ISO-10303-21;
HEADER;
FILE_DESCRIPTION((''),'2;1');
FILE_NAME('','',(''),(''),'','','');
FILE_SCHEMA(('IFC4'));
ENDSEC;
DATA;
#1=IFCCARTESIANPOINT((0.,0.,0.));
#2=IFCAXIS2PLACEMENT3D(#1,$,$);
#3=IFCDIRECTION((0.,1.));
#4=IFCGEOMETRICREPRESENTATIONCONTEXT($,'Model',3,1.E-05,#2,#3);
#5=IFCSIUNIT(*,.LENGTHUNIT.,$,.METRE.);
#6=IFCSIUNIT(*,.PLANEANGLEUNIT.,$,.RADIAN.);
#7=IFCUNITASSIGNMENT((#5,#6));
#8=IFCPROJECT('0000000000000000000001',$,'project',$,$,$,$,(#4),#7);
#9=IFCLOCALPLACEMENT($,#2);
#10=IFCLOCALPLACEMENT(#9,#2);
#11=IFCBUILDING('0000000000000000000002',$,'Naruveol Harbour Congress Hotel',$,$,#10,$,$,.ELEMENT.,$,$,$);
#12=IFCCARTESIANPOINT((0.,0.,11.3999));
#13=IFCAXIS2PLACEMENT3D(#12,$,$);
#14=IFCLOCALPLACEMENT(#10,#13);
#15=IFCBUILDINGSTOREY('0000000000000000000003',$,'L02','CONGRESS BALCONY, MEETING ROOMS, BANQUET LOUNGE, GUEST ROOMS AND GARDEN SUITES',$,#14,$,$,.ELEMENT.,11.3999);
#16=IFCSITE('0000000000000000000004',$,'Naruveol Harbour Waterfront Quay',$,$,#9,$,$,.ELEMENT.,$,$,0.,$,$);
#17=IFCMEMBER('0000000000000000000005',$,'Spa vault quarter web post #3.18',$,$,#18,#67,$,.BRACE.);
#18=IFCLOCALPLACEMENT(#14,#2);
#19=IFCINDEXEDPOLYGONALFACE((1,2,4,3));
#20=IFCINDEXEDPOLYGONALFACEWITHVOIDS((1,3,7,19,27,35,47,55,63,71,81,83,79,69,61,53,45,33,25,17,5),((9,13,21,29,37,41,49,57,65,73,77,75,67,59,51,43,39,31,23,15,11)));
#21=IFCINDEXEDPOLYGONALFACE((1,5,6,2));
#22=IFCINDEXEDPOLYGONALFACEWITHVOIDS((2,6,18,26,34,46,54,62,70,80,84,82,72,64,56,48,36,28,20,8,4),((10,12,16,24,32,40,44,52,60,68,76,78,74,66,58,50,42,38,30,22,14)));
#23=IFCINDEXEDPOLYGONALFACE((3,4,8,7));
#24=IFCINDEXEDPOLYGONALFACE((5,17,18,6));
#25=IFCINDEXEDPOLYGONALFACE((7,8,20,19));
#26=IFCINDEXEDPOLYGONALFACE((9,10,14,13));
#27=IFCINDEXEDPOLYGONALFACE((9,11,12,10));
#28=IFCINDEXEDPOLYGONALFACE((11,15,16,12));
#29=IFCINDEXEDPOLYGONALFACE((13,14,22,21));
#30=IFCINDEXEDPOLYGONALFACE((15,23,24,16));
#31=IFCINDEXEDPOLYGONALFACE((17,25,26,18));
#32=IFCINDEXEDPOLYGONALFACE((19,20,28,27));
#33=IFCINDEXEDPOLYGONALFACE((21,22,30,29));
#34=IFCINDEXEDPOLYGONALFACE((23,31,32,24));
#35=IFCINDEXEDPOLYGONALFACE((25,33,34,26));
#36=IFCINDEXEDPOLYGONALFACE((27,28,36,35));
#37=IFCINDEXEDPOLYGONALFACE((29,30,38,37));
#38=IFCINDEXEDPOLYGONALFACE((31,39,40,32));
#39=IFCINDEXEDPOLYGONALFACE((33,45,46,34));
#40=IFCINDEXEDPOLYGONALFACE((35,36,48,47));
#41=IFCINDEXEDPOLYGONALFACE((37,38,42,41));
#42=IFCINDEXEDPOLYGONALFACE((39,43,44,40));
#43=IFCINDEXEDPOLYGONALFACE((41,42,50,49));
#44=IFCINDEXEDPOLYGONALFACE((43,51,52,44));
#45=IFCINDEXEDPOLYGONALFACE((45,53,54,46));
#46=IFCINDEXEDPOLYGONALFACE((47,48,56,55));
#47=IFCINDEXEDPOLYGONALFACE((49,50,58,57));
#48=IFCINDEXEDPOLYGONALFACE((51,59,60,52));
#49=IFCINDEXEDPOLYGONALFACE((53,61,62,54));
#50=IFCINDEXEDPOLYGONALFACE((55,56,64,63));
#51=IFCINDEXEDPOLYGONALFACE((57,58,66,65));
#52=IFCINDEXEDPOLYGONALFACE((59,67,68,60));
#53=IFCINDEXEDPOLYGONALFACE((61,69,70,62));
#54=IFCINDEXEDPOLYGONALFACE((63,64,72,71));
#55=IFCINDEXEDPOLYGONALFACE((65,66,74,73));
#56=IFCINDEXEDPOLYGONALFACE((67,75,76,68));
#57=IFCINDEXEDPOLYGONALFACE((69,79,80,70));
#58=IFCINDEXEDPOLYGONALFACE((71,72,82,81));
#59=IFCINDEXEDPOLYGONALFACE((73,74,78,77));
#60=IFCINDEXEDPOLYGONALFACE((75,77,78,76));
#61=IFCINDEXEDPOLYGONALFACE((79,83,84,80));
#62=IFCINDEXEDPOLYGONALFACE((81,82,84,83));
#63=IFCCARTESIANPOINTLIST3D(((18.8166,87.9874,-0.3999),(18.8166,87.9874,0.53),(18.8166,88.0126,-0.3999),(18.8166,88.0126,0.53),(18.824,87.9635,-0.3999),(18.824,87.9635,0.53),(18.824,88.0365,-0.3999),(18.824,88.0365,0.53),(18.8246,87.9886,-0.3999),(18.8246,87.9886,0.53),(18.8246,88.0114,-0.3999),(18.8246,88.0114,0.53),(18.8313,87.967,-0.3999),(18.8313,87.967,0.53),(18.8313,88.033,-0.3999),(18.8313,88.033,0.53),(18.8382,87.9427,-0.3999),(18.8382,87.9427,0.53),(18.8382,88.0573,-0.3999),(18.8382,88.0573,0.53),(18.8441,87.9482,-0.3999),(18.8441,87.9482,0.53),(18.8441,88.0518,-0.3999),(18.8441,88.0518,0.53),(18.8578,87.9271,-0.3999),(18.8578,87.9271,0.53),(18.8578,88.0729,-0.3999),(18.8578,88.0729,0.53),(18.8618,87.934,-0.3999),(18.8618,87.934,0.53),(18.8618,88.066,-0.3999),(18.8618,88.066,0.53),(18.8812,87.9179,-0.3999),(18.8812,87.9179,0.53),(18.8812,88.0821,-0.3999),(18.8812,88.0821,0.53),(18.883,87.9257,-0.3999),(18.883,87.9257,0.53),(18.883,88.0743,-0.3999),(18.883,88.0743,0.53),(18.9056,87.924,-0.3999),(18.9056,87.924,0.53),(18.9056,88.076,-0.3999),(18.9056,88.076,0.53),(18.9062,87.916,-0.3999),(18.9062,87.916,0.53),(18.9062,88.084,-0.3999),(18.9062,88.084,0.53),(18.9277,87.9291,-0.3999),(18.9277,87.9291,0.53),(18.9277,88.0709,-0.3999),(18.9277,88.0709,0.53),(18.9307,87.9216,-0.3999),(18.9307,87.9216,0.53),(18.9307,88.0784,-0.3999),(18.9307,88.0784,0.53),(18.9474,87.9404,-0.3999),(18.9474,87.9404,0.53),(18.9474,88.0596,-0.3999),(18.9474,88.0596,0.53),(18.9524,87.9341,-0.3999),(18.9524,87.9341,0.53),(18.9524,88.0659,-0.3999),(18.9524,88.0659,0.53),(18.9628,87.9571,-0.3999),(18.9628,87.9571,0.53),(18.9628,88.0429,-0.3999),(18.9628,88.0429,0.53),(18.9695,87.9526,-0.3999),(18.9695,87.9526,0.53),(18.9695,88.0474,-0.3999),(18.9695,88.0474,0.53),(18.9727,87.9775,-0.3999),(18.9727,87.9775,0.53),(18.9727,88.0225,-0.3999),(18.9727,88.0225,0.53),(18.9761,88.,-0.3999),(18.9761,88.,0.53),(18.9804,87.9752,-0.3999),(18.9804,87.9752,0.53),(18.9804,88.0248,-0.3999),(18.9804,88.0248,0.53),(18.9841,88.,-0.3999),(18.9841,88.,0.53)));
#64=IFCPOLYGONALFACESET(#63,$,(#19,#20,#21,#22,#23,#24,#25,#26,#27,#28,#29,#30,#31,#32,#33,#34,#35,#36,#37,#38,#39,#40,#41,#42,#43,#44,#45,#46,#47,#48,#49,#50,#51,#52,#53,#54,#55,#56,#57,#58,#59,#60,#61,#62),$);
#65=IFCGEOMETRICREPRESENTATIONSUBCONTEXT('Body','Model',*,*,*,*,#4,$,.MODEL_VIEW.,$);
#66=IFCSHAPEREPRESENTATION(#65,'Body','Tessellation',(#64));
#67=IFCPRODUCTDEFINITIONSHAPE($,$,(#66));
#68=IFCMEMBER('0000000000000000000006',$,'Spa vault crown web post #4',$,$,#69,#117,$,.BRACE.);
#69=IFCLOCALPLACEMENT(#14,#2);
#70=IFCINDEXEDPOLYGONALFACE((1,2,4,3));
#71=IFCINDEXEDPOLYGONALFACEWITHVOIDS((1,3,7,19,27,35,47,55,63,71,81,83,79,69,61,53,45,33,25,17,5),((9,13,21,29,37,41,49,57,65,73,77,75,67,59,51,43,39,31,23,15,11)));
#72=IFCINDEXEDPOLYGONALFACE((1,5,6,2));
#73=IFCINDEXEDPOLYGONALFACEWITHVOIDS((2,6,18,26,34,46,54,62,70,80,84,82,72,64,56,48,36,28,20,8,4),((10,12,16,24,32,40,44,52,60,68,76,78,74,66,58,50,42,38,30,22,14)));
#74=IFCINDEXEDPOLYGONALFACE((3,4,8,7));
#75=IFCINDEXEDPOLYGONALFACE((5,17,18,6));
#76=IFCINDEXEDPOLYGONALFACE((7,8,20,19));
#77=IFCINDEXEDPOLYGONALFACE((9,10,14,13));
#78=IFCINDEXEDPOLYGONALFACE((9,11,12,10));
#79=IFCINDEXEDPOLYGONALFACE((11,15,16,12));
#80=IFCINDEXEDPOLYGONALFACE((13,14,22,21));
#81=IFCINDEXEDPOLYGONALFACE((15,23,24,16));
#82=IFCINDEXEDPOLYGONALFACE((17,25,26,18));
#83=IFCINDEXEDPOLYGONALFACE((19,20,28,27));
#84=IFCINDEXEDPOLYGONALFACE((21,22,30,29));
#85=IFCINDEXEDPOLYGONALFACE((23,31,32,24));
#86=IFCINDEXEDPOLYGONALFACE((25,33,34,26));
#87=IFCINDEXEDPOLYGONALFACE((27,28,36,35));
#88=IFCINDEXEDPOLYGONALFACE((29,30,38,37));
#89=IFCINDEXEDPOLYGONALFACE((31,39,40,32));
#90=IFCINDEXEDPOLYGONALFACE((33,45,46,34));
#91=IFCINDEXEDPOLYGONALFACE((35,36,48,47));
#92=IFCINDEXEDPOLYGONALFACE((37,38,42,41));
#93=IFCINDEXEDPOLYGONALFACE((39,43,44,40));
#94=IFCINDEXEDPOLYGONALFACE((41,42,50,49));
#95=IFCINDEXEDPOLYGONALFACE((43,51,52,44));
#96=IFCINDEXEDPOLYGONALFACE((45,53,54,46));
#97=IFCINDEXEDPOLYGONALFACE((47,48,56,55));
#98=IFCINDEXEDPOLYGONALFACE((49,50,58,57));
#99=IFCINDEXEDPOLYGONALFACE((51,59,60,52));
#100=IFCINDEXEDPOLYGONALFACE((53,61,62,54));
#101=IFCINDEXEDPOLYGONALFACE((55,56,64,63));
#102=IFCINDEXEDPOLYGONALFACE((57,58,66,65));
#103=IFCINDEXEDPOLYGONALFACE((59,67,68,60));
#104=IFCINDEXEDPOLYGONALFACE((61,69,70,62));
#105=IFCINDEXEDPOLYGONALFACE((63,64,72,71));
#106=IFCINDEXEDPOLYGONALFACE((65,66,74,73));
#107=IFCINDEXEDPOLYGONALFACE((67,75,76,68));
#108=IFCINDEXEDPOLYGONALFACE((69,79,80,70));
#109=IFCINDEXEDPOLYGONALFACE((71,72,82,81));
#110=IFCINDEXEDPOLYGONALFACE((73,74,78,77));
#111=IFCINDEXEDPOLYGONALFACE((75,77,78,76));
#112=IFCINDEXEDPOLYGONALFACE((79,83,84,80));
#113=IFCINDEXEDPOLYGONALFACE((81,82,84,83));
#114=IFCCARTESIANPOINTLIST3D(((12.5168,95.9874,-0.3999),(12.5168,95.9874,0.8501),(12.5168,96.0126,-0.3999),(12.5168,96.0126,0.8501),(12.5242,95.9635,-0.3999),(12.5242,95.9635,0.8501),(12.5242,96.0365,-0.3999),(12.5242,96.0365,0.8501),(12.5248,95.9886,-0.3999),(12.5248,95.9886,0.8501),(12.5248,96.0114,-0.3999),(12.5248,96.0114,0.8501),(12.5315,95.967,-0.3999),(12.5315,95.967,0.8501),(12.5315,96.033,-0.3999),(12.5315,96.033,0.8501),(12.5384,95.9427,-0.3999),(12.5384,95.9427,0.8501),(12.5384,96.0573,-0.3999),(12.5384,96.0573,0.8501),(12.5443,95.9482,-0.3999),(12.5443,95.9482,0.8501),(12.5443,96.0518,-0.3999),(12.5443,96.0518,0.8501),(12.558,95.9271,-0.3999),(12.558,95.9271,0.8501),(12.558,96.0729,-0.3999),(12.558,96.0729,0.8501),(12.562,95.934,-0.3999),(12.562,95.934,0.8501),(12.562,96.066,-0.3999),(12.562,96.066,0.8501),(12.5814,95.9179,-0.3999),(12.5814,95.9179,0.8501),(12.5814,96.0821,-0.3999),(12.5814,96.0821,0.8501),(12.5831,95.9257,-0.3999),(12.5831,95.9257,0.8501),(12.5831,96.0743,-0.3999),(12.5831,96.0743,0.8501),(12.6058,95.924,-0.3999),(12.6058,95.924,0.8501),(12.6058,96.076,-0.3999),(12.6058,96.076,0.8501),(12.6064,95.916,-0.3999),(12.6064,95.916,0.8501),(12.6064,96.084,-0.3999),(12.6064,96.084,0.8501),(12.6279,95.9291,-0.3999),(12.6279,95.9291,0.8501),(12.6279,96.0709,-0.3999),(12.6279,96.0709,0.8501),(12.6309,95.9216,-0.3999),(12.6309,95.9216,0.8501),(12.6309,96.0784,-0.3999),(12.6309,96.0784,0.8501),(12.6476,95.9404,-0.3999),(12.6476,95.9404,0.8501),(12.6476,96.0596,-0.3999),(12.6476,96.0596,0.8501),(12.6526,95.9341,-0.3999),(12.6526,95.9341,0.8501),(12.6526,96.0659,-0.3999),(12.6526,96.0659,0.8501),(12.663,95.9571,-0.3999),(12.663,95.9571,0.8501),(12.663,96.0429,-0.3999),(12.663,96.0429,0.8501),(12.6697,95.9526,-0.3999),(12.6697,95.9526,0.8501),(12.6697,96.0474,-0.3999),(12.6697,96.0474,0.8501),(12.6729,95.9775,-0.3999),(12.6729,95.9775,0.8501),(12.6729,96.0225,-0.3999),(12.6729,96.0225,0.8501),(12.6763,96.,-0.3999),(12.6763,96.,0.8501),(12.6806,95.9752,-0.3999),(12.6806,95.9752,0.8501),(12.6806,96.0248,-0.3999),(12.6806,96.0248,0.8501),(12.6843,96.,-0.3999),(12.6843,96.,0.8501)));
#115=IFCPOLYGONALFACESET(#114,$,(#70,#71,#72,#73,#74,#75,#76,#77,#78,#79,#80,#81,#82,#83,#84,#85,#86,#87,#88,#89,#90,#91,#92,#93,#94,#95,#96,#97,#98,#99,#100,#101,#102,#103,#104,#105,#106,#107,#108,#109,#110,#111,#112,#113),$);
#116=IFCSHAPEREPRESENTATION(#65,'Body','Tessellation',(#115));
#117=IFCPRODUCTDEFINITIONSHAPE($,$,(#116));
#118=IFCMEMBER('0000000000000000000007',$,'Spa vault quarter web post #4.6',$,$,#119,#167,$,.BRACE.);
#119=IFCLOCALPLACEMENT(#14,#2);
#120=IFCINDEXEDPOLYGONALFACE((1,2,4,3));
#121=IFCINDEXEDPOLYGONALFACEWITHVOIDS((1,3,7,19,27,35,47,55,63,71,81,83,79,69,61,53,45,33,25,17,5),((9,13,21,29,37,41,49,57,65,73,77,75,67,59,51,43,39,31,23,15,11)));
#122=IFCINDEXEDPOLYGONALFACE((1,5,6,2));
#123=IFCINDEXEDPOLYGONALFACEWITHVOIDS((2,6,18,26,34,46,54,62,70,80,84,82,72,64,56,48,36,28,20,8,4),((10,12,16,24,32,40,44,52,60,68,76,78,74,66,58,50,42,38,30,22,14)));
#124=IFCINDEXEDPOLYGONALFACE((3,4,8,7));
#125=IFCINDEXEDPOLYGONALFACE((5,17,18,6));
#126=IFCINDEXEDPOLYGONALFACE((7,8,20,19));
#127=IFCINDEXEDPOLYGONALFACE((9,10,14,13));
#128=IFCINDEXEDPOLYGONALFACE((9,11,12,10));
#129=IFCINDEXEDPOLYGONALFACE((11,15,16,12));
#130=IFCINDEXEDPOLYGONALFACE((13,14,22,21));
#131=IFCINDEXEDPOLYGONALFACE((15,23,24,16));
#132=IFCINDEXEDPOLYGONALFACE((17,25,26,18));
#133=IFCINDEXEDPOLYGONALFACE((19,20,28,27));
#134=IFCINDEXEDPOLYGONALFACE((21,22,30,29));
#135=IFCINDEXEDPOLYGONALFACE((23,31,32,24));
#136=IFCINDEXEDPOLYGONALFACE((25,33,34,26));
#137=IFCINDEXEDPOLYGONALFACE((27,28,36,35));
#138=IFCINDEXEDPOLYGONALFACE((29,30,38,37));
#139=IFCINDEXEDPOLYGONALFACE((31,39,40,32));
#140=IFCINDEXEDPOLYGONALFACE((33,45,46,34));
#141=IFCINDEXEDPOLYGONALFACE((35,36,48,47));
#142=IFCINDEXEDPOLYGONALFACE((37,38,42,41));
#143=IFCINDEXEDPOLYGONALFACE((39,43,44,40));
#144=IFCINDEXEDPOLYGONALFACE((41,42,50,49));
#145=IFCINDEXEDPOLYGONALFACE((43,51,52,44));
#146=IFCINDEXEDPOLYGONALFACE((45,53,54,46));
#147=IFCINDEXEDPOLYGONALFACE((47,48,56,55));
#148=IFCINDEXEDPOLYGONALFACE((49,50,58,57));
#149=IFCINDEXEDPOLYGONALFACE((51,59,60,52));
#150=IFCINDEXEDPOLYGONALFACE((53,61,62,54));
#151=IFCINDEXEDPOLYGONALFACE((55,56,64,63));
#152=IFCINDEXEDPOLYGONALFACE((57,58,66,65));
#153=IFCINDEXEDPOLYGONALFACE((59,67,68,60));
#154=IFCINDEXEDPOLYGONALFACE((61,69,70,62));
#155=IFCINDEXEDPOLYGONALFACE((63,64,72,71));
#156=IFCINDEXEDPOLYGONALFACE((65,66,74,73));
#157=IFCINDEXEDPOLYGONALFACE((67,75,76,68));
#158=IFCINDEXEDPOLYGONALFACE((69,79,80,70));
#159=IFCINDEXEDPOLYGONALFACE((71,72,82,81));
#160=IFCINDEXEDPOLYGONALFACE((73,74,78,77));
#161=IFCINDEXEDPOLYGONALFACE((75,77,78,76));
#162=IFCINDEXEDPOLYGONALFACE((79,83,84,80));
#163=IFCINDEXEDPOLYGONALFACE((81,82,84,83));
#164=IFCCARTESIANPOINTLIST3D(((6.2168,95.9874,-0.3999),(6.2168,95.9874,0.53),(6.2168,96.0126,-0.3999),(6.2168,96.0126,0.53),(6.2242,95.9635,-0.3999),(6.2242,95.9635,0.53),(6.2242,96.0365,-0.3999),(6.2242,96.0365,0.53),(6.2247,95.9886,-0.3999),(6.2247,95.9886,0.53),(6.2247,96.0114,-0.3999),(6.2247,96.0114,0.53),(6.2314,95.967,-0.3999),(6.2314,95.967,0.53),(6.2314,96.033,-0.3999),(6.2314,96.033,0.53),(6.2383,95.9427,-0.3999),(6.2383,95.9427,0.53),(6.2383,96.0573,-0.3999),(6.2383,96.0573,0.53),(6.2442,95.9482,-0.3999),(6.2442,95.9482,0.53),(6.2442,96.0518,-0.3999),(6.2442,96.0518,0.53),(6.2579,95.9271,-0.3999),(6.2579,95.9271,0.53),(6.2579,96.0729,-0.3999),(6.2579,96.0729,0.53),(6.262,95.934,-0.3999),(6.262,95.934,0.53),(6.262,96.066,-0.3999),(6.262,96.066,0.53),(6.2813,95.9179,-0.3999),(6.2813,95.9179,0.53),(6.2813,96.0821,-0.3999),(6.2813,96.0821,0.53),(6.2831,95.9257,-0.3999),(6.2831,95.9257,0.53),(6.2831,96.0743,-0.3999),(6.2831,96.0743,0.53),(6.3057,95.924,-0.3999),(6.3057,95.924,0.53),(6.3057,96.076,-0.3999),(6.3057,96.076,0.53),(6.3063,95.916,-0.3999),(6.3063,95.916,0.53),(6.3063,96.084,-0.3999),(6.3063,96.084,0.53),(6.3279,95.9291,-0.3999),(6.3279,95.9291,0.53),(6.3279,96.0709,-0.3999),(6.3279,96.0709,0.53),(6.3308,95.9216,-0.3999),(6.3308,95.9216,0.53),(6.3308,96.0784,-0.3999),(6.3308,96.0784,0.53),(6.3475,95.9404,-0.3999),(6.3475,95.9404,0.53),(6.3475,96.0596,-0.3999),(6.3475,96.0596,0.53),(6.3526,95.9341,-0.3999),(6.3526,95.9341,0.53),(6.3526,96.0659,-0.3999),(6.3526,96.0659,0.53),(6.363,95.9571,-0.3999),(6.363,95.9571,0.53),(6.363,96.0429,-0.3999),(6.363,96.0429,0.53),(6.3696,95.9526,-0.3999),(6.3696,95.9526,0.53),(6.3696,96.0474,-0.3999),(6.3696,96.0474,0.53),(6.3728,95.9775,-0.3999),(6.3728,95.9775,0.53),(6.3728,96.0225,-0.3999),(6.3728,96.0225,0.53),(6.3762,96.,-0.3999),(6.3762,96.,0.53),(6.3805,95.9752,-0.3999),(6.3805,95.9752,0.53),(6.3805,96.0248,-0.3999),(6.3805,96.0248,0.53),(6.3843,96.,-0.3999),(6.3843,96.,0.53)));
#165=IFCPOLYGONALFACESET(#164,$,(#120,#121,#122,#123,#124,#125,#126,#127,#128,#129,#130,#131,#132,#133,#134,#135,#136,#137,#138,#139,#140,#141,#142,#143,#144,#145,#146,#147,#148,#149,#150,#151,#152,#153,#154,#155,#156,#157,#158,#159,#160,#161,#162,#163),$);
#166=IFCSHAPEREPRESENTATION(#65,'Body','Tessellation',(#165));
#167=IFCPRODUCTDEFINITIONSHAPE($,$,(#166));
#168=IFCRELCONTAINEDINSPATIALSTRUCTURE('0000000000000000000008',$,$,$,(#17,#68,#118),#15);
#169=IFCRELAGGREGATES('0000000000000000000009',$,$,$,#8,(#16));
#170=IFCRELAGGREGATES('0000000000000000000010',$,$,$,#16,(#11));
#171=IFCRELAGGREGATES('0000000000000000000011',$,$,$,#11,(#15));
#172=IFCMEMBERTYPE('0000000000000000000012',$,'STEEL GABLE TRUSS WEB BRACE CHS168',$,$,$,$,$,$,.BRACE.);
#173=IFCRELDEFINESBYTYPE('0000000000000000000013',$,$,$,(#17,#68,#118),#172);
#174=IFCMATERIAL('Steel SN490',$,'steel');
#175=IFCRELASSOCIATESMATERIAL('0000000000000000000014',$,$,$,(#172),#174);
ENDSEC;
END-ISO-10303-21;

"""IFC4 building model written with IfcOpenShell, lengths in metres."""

from ifc_helpers import new_model, si_unit, direction, frame, origin, origin_2d, place, context, subcontext, project, spatial, hollow_circle, extrude, material, material_profile, profile_set, type_object, element, save


model = new_model("IFC4")

# Units and contexts
model_context = context("Model", 3, precision=1e-05, world=origin(), true_north=direction((0.0, 1.0)))
body_context = subcontext(model_context, "Body", "Model", "MODEL_VIEW")
ifc_project = project(units=[si_unit("LENGTHUNIT", "METRE"), si_unit("PLANEANGLEUNIT", "RADIAN")], contexts=[model_context])

# Site, building, storey
site_placement = place(None, origin())
site = spatial("IfcSite", under=ifc_project, at=site_placement, Name="Naruveol Harbour Waterfront Quay", CompositionType="ELEMENT", RefElevation=0.0)
building_placement = place(site_placement, origin())
building = spatial("IfcBuilding", under=site, at=building_placement, Name="Naruveol Harbour Congress Hotel", CompositionType="ELEMENT")
storey_placement = place(building_placement, frame((0.0, 0.0, 11.3999)))
storey = spatial("IfcBuildingStorey", under=building, at=storey_placement, Name="L02", Description="CONGRESS BALCONY, MEETING ROOMS, BANQUET LOUNGE, GUEST ROOMS AND GARDEN SUITES", CompositionType="ELEMENT", Elevation=11.3999)

# Members
ifc_material_1 = material(Name="Steel SN490", Category="steel")
ifc_material_profile_1 = material_profile(ifc_material_1, hollow_circle(Radius=0.0842, WallThickness=0.0081, at=origin_2d()), Name="CHS-168.3x8")
ifc_profile_set_1 = profile_set([ifc_material_profile_1], Name="Steel SN490")
member_type_1 = type_object("IfcMemberType", Name="STEEL GABLE TRUSS WEB BRACE CHS168", PredefinedType="BRACE", material=ifc_profile_set_1)
member_1_placement = place(storey_placement, frame((18.8999, 88.0, -0.3999), z_axis=(0.0, 0.0, 1.0), x_axis=(1.0, 0.0, 0.0)))
element("IfcMember", 1, at=member_1_placement, inside=storey, type_object=member_type_1, Name="Spa vault quarter web post #3.18", PredefinedType="BRACE", context=body_context, shape_type="SweptSolid", body=[
    extrude(hollow_circle(Radius=0.0842, WallThickness=0.0081, at=origin_2d()), origin(), (0.0, 0.0, 1.0), 0.9299),
])
member_2_placement = place(storey_placement, frame((12.6001, 96.0, -0.3999), z_axis=(0.0, 0.0, 1.0), x_axis=(1.0, 0.0, 0.0)))
element("IfcMember", 2, at=member_2_placement, inside=storey, type_object=member_type_1, Name="Spa vault crown web post #4", PredefinedType="BRACE", context=body_context, shape_type="SweptSolid", body=[
    extrude(hollow_circle(Radius=0.0842, WallThickness=0.0081, at=origin_2d()), origin(), (0.0, 0.0, 1.0), 1.25),
])
for number, where, z_axis, x_axis, name in (
    (3, (6.3, 96.0, -0.3999), (0.0, 0.0, 1.0), (1.0, 0.0, 0.0), "Spa vault quarter web post #4.6"),
):
    element("IfcMember", number, at=place(storey_placement, frame(where, z_axis=z_axis, x_axis=x_axis)), inside=storey, type_object=member_type_1, Name=name, PredefinedType="BRACE", context=body_context, shape_type="SweptSolid", body=[
        extrude(hollow_circle(Radius=0.0842, WallThickness=0.0081, at=origin_2d()), origin(), (0.0, 0.0, 1.0), 0.9299),
    ])

save(model, "model.ifc")
